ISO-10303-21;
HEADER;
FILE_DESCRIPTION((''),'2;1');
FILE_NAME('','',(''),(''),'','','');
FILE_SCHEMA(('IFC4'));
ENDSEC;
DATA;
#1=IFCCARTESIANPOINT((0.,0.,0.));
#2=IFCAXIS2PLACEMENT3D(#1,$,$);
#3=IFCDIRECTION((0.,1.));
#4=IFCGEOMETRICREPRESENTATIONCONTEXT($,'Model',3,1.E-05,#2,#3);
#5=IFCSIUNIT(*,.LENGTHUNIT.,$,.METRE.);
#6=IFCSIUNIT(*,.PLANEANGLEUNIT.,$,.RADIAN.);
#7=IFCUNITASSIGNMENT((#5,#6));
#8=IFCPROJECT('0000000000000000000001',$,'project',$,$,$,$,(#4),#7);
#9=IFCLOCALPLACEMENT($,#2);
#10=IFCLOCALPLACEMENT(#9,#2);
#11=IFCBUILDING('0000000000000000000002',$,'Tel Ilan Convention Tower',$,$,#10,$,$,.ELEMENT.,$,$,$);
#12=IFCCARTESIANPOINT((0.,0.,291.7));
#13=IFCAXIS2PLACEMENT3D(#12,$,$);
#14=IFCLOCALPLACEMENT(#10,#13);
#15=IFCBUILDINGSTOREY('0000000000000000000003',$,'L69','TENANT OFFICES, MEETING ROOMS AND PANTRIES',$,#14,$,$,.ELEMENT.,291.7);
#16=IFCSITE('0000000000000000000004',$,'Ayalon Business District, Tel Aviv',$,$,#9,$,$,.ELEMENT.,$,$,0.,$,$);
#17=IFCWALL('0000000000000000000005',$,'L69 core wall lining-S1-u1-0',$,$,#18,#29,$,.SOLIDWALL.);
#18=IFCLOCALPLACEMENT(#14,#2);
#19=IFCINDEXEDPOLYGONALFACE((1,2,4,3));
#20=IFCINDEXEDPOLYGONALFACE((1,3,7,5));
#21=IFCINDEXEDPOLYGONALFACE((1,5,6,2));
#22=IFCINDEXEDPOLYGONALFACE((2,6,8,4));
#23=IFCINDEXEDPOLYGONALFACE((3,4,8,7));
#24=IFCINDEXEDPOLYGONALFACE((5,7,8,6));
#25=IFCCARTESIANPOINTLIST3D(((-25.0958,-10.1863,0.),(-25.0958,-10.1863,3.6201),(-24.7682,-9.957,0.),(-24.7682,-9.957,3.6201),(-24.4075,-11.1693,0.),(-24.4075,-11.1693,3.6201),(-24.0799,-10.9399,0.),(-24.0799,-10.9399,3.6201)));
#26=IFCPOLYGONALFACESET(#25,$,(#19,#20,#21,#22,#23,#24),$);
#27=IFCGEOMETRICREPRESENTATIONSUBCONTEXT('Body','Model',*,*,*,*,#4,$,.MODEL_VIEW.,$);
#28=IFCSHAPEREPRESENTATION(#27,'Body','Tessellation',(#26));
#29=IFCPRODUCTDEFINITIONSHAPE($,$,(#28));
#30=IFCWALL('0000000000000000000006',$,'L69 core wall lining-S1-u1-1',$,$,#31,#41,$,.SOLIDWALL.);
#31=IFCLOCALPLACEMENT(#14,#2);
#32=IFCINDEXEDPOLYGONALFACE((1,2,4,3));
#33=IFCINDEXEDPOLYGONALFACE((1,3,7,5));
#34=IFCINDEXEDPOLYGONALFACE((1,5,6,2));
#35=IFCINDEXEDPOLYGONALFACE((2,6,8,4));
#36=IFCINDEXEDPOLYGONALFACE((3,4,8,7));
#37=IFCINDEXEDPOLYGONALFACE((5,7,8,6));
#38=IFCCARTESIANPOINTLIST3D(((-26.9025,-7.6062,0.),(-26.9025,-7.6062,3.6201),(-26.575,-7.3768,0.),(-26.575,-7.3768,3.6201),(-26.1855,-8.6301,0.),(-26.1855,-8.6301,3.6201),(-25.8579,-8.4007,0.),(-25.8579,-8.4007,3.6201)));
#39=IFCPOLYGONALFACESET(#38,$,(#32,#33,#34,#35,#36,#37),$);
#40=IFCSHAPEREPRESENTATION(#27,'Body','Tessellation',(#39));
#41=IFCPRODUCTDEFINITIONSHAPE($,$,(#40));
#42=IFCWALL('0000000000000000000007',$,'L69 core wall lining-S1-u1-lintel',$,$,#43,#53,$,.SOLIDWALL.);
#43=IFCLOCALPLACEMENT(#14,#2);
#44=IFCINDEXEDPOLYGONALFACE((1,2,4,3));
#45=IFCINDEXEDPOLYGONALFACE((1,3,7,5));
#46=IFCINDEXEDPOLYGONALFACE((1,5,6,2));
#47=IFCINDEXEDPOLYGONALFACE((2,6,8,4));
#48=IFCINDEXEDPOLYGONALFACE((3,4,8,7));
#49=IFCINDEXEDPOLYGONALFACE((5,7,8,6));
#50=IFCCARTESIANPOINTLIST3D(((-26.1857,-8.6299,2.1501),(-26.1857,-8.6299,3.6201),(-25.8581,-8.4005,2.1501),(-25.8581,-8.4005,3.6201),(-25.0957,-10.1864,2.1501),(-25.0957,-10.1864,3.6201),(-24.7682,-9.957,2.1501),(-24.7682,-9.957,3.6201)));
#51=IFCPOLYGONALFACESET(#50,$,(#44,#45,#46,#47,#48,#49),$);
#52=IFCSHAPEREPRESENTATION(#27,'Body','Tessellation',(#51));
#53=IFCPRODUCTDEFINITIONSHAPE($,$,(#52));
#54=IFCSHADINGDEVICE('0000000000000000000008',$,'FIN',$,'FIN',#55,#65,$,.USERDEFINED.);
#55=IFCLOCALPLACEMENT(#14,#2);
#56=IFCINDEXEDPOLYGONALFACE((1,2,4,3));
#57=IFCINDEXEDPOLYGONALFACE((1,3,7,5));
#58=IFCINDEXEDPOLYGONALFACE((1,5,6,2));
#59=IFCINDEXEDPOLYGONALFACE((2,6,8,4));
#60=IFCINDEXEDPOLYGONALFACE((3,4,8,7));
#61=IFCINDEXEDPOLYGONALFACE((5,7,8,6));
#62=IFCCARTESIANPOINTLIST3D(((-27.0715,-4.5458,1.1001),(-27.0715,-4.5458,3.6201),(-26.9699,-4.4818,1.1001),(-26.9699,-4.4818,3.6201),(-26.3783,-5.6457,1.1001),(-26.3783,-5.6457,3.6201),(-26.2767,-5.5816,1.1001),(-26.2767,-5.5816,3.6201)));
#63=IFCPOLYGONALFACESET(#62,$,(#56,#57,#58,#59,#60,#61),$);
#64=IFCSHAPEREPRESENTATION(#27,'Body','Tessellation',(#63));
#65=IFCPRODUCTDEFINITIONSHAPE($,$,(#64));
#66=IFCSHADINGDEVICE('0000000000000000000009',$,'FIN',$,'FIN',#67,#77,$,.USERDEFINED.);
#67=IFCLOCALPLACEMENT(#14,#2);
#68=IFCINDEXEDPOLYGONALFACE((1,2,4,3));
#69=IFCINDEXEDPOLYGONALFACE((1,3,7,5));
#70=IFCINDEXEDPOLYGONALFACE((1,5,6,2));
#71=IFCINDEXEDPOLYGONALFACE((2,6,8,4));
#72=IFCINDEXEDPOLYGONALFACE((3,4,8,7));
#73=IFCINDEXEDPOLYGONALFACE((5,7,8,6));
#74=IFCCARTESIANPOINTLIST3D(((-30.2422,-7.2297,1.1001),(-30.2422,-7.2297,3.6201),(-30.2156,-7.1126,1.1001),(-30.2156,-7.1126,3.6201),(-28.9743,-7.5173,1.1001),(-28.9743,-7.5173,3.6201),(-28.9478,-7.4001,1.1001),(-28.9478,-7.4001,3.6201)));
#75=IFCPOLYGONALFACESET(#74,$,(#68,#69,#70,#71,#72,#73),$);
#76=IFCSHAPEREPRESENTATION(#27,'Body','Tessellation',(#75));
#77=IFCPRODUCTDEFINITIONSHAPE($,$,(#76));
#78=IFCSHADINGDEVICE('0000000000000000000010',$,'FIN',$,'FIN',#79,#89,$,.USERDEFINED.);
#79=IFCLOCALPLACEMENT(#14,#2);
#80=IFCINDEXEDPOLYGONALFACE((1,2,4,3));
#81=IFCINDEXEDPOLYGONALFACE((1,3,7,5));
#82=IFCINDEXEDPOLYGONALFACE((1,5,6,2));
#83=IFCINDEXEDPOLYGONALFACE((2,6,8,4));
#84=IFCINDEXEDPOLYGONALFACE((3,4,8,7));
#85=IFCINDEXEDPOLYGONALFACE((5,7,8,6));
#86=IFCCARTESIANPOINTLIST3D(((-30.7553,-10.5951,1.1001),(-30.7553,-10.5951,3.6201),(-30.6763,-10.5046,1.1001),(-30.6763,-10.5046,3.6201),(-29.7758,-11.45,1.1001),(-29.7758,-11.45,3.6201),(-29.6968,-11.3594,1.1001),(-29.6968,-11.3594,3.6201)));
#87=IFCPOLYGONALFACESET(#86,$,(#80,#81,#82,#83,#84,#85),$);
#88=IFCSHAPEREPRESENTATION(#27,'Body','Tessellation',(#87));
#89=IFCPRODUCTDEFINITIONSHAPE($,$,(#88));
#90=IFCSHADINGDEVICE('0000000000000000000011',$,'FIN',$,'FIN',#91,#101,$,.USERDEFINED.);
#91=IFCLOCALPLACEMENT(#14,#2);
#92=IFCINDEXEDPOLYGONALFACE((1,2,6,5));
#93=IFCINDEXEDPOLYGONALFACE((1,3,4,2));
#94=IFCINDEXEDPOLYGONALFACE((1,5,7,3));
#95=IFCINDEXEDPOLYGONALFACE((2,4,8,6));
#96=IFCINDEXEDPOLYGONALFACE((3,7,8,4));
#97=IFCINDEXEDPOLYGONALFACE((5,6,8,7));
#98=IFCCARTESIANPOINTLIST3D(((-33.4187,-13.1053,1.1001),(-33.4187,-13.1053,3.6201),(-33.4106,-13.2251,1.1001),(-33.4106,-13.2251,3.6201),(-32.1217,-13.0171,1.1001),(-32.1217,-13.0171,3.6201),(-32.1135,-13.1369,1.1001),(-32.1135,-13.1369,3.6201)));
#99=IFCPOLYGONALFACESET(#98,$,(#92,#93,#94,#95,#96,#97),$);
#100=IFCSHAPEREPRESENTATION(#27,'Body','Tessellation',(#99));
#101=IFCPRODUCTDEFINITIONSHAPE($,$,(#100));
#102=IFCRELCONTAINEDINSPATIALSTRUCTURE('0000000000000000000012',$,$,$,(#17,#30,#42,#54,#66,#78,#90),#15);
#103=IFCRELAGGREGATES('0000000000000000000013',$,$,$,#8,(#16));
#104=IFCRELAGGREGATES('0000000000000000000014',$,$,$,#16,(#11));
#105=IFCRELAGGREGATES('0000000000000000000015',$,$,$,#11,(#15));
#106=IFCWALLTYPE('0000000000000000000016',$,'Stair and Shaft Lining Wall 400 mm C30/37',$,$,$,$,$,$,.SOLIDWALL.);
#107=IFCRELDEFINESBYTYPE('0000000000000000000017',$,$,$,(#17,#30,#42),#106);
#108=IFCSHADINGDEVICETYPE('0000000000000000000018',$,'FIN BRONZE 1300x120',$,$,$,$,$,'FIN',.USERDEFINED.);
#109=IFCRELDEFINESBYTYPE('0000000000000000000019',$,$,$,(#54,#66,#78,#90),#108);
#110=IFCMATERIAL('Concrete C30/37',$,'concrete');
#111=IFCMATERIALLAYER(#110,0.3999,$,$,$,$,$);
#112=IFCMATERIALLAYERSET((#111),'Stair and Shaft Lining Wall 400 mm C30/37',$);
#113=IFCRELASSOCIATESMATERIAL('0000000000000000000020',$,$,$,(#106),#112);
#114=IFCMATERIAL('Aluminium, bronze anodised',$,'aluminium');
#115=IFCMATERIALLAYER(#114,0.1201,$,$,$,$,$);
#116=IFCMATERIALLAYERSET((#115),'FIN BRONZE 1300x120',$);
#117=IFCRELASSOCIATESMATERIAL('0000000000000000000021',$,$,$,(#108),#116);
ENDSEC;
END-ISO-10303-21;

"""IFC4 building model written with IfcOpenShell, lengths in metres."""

from ifc_helpers import new_model, si_unit, direction, frame, frame_2d, origin, origin_2d, place, context, subcontext, project, spatial, rectangle, extrude, material, layer, layer_set, type_object, element, save


model = new_model("IFC4")

# Units and contexts
model_context = context("Model", 3, precision=1e-05, world=origin(), true_north=direction((0.0, 1.0)))
body_context = subcontext(model_context, "Body", "Model", "MODEL_VIEW")
ifc_project = project(units=[si_unit("LENGTHUNIT", "METRE"), si_unit("PLANEANGLEUNIT", "RADIAN")], contexts=[model_context])

# Site, building, storey
site_placement = place(None, origin())
site = spatial("IfcSite", under=ifc_project, at=site_placement, Name="Ayalon Business District, Tel Aviv", CompositionType="ELEMENT", RefElevation=0.0)
building_placement = place(site_placement, origin())
building = spatial("IfcBuilding", under=site, at=building_placement, Name="Tel Ilan Convention Tower", CompositionType="ELEMENT")
storey_placement = place(building_placement, frame((0.0, 0.0, 291.7)))
storey = spatial("IfcBuildingStorey", under=building, at=storey_placement, Name="L69", Description="TENANT OFFICES, MEETING ROOMS AND PANTRIES", CompositionType="ELEMENT", Elevation=291.7)

# Walls
ifc_material_1 = material(Name="Concrete C30/37", Category="concrete")
ifc_layer_1 = layer(ifc_material_1, 0.3999)
ifc_layer_set_1 = layer_set([ifc_layer_1], Name="Stair and Shaft Lining Wall 400 mm C30/37")
wall_type_1 = type_object("IfcWallType", Name="Stair and Shaft Lining Wall 400 mm C30/37", PredefinedType="SOLIDWALL", material=ifc_layer_set_1)
wall_1_placement = place(storey_placement, frame((-24.2437, -11.0547, 0.0), z_axis=(0.0, 0.0, 1.0), x_axis=(-0.573572, 0.819155, 0.0)))
element("IfcWall", 1, at=wall_1_placement, inside=storey, type_object=wall_type_1, Name="L69 core wall lining-S1-u1-0", PredefinedType="SOLIDWALL", context=body_context, shape_type="SweptSolid", body=[
    extrude(rectangle(XDim=1.2, YDim=0.3999, at=frame_2d((0.6001, 0.0))), origin(), (0.0, 0.0, 1.0), 3.6201),
])
wall_2_placement = place(storey_placement, frame((-26.0217, -8.5154, 0.0), z_axis=(0.0, 0.0, 1.0), x_axis=(-0.57362, 0.819122, 0.0)))
element("IfcWall", 2, at=wall_2_placement, inside=storey, type_object=wall_type_1, Name="L69 core wall lining-S1-u1-1", PredefinedType="SOLIDWALL", context=body_context, shape_type="SweptSolid", body=[
    extrude(rectangle(XDim=1.25, YDim=0.3999, at=frame_2d((0.625, 0.0))), origin(), (0.0, 0.0, 1.0), 3.6201),
])
wall_3_placement = place(storey_placement, frame((-24.9319, -10.0718, 2.1501), z_axis=(0.0, 0.0, 1.0), x_axis=(-0.573592, 0.819141, 0.0)))
element("IfcWall", 3, at=wall_3_placement, inside=storey, type_object=wall_type_1, Name="L69 core wall lining-S1-u1-lintel", PredefinedType="SOLIDWALL", context=body_context, shape_type="SweptSolid", body=[
    extrude(rectangle(XDim=1.9001, YDim=0.3999, at=frame_2d((0.9502, 0.0))), origin(), (0.0, 0.0, 1.0), 1.47),
])

# Shading devices
ifc_material_2 = material(Name="Aluminium, bronze anodised", Category="aluminium")
ifc_layer_2 = layer(ifc_material_2, 0.1201)
ifc_layer_set_2 = layer_set([ifc_layer_2], Name="FIN BRONZE 1300x120")
shading_device_type = type_object("IfcShadingDeviceType", Name="FIN BRONZE 1300x120", ElementType="FIN", PredefinedType="USERDEFINED", material=ifc_layer_set_2)
for number, where, z_axis, x_axis, name in (
    (4, (-26.6741, -5.0637, 1.1001), (0.0, 0.0, 1.0), (-0.533204, 0.845986, 0.0), "FIN"),
    (5, (-29.595, -7.3149, 1.1001), (0.0, 0.0, 1.0), (-0.975235, 0.22117, 0.0), "FIN"),
    (6, (-30.2261, -10.9773, 1.1001), (0.0, 0.0, 1.0), (-0.753436, 0.657521, 0.0), "FIN"),
    (7, (-32.7661, -13.1211, 1.1001), (0.0, 0.0, 1.0), (-0.997697, -0.067822, 0.0), "FIN"),
):
    element("IfcShadingDevice", number, at=place(storey_placement, frame(where, z_axis=z_axis, x_axis=x_axis)), inside=storey, type_object=shading_device_type, Name=name, ObjectType="FIN", PredefinedType="USERDEFINED", context=body_context, shape_type="SweptSolid", body=[
        extrude(rectangle(XDim=1.3, YDim=0.1201, at=origin_2d()), origin(), (0.0, 0.0, 1.0), 2.52),
    ])

save(model, "model.ifc")
